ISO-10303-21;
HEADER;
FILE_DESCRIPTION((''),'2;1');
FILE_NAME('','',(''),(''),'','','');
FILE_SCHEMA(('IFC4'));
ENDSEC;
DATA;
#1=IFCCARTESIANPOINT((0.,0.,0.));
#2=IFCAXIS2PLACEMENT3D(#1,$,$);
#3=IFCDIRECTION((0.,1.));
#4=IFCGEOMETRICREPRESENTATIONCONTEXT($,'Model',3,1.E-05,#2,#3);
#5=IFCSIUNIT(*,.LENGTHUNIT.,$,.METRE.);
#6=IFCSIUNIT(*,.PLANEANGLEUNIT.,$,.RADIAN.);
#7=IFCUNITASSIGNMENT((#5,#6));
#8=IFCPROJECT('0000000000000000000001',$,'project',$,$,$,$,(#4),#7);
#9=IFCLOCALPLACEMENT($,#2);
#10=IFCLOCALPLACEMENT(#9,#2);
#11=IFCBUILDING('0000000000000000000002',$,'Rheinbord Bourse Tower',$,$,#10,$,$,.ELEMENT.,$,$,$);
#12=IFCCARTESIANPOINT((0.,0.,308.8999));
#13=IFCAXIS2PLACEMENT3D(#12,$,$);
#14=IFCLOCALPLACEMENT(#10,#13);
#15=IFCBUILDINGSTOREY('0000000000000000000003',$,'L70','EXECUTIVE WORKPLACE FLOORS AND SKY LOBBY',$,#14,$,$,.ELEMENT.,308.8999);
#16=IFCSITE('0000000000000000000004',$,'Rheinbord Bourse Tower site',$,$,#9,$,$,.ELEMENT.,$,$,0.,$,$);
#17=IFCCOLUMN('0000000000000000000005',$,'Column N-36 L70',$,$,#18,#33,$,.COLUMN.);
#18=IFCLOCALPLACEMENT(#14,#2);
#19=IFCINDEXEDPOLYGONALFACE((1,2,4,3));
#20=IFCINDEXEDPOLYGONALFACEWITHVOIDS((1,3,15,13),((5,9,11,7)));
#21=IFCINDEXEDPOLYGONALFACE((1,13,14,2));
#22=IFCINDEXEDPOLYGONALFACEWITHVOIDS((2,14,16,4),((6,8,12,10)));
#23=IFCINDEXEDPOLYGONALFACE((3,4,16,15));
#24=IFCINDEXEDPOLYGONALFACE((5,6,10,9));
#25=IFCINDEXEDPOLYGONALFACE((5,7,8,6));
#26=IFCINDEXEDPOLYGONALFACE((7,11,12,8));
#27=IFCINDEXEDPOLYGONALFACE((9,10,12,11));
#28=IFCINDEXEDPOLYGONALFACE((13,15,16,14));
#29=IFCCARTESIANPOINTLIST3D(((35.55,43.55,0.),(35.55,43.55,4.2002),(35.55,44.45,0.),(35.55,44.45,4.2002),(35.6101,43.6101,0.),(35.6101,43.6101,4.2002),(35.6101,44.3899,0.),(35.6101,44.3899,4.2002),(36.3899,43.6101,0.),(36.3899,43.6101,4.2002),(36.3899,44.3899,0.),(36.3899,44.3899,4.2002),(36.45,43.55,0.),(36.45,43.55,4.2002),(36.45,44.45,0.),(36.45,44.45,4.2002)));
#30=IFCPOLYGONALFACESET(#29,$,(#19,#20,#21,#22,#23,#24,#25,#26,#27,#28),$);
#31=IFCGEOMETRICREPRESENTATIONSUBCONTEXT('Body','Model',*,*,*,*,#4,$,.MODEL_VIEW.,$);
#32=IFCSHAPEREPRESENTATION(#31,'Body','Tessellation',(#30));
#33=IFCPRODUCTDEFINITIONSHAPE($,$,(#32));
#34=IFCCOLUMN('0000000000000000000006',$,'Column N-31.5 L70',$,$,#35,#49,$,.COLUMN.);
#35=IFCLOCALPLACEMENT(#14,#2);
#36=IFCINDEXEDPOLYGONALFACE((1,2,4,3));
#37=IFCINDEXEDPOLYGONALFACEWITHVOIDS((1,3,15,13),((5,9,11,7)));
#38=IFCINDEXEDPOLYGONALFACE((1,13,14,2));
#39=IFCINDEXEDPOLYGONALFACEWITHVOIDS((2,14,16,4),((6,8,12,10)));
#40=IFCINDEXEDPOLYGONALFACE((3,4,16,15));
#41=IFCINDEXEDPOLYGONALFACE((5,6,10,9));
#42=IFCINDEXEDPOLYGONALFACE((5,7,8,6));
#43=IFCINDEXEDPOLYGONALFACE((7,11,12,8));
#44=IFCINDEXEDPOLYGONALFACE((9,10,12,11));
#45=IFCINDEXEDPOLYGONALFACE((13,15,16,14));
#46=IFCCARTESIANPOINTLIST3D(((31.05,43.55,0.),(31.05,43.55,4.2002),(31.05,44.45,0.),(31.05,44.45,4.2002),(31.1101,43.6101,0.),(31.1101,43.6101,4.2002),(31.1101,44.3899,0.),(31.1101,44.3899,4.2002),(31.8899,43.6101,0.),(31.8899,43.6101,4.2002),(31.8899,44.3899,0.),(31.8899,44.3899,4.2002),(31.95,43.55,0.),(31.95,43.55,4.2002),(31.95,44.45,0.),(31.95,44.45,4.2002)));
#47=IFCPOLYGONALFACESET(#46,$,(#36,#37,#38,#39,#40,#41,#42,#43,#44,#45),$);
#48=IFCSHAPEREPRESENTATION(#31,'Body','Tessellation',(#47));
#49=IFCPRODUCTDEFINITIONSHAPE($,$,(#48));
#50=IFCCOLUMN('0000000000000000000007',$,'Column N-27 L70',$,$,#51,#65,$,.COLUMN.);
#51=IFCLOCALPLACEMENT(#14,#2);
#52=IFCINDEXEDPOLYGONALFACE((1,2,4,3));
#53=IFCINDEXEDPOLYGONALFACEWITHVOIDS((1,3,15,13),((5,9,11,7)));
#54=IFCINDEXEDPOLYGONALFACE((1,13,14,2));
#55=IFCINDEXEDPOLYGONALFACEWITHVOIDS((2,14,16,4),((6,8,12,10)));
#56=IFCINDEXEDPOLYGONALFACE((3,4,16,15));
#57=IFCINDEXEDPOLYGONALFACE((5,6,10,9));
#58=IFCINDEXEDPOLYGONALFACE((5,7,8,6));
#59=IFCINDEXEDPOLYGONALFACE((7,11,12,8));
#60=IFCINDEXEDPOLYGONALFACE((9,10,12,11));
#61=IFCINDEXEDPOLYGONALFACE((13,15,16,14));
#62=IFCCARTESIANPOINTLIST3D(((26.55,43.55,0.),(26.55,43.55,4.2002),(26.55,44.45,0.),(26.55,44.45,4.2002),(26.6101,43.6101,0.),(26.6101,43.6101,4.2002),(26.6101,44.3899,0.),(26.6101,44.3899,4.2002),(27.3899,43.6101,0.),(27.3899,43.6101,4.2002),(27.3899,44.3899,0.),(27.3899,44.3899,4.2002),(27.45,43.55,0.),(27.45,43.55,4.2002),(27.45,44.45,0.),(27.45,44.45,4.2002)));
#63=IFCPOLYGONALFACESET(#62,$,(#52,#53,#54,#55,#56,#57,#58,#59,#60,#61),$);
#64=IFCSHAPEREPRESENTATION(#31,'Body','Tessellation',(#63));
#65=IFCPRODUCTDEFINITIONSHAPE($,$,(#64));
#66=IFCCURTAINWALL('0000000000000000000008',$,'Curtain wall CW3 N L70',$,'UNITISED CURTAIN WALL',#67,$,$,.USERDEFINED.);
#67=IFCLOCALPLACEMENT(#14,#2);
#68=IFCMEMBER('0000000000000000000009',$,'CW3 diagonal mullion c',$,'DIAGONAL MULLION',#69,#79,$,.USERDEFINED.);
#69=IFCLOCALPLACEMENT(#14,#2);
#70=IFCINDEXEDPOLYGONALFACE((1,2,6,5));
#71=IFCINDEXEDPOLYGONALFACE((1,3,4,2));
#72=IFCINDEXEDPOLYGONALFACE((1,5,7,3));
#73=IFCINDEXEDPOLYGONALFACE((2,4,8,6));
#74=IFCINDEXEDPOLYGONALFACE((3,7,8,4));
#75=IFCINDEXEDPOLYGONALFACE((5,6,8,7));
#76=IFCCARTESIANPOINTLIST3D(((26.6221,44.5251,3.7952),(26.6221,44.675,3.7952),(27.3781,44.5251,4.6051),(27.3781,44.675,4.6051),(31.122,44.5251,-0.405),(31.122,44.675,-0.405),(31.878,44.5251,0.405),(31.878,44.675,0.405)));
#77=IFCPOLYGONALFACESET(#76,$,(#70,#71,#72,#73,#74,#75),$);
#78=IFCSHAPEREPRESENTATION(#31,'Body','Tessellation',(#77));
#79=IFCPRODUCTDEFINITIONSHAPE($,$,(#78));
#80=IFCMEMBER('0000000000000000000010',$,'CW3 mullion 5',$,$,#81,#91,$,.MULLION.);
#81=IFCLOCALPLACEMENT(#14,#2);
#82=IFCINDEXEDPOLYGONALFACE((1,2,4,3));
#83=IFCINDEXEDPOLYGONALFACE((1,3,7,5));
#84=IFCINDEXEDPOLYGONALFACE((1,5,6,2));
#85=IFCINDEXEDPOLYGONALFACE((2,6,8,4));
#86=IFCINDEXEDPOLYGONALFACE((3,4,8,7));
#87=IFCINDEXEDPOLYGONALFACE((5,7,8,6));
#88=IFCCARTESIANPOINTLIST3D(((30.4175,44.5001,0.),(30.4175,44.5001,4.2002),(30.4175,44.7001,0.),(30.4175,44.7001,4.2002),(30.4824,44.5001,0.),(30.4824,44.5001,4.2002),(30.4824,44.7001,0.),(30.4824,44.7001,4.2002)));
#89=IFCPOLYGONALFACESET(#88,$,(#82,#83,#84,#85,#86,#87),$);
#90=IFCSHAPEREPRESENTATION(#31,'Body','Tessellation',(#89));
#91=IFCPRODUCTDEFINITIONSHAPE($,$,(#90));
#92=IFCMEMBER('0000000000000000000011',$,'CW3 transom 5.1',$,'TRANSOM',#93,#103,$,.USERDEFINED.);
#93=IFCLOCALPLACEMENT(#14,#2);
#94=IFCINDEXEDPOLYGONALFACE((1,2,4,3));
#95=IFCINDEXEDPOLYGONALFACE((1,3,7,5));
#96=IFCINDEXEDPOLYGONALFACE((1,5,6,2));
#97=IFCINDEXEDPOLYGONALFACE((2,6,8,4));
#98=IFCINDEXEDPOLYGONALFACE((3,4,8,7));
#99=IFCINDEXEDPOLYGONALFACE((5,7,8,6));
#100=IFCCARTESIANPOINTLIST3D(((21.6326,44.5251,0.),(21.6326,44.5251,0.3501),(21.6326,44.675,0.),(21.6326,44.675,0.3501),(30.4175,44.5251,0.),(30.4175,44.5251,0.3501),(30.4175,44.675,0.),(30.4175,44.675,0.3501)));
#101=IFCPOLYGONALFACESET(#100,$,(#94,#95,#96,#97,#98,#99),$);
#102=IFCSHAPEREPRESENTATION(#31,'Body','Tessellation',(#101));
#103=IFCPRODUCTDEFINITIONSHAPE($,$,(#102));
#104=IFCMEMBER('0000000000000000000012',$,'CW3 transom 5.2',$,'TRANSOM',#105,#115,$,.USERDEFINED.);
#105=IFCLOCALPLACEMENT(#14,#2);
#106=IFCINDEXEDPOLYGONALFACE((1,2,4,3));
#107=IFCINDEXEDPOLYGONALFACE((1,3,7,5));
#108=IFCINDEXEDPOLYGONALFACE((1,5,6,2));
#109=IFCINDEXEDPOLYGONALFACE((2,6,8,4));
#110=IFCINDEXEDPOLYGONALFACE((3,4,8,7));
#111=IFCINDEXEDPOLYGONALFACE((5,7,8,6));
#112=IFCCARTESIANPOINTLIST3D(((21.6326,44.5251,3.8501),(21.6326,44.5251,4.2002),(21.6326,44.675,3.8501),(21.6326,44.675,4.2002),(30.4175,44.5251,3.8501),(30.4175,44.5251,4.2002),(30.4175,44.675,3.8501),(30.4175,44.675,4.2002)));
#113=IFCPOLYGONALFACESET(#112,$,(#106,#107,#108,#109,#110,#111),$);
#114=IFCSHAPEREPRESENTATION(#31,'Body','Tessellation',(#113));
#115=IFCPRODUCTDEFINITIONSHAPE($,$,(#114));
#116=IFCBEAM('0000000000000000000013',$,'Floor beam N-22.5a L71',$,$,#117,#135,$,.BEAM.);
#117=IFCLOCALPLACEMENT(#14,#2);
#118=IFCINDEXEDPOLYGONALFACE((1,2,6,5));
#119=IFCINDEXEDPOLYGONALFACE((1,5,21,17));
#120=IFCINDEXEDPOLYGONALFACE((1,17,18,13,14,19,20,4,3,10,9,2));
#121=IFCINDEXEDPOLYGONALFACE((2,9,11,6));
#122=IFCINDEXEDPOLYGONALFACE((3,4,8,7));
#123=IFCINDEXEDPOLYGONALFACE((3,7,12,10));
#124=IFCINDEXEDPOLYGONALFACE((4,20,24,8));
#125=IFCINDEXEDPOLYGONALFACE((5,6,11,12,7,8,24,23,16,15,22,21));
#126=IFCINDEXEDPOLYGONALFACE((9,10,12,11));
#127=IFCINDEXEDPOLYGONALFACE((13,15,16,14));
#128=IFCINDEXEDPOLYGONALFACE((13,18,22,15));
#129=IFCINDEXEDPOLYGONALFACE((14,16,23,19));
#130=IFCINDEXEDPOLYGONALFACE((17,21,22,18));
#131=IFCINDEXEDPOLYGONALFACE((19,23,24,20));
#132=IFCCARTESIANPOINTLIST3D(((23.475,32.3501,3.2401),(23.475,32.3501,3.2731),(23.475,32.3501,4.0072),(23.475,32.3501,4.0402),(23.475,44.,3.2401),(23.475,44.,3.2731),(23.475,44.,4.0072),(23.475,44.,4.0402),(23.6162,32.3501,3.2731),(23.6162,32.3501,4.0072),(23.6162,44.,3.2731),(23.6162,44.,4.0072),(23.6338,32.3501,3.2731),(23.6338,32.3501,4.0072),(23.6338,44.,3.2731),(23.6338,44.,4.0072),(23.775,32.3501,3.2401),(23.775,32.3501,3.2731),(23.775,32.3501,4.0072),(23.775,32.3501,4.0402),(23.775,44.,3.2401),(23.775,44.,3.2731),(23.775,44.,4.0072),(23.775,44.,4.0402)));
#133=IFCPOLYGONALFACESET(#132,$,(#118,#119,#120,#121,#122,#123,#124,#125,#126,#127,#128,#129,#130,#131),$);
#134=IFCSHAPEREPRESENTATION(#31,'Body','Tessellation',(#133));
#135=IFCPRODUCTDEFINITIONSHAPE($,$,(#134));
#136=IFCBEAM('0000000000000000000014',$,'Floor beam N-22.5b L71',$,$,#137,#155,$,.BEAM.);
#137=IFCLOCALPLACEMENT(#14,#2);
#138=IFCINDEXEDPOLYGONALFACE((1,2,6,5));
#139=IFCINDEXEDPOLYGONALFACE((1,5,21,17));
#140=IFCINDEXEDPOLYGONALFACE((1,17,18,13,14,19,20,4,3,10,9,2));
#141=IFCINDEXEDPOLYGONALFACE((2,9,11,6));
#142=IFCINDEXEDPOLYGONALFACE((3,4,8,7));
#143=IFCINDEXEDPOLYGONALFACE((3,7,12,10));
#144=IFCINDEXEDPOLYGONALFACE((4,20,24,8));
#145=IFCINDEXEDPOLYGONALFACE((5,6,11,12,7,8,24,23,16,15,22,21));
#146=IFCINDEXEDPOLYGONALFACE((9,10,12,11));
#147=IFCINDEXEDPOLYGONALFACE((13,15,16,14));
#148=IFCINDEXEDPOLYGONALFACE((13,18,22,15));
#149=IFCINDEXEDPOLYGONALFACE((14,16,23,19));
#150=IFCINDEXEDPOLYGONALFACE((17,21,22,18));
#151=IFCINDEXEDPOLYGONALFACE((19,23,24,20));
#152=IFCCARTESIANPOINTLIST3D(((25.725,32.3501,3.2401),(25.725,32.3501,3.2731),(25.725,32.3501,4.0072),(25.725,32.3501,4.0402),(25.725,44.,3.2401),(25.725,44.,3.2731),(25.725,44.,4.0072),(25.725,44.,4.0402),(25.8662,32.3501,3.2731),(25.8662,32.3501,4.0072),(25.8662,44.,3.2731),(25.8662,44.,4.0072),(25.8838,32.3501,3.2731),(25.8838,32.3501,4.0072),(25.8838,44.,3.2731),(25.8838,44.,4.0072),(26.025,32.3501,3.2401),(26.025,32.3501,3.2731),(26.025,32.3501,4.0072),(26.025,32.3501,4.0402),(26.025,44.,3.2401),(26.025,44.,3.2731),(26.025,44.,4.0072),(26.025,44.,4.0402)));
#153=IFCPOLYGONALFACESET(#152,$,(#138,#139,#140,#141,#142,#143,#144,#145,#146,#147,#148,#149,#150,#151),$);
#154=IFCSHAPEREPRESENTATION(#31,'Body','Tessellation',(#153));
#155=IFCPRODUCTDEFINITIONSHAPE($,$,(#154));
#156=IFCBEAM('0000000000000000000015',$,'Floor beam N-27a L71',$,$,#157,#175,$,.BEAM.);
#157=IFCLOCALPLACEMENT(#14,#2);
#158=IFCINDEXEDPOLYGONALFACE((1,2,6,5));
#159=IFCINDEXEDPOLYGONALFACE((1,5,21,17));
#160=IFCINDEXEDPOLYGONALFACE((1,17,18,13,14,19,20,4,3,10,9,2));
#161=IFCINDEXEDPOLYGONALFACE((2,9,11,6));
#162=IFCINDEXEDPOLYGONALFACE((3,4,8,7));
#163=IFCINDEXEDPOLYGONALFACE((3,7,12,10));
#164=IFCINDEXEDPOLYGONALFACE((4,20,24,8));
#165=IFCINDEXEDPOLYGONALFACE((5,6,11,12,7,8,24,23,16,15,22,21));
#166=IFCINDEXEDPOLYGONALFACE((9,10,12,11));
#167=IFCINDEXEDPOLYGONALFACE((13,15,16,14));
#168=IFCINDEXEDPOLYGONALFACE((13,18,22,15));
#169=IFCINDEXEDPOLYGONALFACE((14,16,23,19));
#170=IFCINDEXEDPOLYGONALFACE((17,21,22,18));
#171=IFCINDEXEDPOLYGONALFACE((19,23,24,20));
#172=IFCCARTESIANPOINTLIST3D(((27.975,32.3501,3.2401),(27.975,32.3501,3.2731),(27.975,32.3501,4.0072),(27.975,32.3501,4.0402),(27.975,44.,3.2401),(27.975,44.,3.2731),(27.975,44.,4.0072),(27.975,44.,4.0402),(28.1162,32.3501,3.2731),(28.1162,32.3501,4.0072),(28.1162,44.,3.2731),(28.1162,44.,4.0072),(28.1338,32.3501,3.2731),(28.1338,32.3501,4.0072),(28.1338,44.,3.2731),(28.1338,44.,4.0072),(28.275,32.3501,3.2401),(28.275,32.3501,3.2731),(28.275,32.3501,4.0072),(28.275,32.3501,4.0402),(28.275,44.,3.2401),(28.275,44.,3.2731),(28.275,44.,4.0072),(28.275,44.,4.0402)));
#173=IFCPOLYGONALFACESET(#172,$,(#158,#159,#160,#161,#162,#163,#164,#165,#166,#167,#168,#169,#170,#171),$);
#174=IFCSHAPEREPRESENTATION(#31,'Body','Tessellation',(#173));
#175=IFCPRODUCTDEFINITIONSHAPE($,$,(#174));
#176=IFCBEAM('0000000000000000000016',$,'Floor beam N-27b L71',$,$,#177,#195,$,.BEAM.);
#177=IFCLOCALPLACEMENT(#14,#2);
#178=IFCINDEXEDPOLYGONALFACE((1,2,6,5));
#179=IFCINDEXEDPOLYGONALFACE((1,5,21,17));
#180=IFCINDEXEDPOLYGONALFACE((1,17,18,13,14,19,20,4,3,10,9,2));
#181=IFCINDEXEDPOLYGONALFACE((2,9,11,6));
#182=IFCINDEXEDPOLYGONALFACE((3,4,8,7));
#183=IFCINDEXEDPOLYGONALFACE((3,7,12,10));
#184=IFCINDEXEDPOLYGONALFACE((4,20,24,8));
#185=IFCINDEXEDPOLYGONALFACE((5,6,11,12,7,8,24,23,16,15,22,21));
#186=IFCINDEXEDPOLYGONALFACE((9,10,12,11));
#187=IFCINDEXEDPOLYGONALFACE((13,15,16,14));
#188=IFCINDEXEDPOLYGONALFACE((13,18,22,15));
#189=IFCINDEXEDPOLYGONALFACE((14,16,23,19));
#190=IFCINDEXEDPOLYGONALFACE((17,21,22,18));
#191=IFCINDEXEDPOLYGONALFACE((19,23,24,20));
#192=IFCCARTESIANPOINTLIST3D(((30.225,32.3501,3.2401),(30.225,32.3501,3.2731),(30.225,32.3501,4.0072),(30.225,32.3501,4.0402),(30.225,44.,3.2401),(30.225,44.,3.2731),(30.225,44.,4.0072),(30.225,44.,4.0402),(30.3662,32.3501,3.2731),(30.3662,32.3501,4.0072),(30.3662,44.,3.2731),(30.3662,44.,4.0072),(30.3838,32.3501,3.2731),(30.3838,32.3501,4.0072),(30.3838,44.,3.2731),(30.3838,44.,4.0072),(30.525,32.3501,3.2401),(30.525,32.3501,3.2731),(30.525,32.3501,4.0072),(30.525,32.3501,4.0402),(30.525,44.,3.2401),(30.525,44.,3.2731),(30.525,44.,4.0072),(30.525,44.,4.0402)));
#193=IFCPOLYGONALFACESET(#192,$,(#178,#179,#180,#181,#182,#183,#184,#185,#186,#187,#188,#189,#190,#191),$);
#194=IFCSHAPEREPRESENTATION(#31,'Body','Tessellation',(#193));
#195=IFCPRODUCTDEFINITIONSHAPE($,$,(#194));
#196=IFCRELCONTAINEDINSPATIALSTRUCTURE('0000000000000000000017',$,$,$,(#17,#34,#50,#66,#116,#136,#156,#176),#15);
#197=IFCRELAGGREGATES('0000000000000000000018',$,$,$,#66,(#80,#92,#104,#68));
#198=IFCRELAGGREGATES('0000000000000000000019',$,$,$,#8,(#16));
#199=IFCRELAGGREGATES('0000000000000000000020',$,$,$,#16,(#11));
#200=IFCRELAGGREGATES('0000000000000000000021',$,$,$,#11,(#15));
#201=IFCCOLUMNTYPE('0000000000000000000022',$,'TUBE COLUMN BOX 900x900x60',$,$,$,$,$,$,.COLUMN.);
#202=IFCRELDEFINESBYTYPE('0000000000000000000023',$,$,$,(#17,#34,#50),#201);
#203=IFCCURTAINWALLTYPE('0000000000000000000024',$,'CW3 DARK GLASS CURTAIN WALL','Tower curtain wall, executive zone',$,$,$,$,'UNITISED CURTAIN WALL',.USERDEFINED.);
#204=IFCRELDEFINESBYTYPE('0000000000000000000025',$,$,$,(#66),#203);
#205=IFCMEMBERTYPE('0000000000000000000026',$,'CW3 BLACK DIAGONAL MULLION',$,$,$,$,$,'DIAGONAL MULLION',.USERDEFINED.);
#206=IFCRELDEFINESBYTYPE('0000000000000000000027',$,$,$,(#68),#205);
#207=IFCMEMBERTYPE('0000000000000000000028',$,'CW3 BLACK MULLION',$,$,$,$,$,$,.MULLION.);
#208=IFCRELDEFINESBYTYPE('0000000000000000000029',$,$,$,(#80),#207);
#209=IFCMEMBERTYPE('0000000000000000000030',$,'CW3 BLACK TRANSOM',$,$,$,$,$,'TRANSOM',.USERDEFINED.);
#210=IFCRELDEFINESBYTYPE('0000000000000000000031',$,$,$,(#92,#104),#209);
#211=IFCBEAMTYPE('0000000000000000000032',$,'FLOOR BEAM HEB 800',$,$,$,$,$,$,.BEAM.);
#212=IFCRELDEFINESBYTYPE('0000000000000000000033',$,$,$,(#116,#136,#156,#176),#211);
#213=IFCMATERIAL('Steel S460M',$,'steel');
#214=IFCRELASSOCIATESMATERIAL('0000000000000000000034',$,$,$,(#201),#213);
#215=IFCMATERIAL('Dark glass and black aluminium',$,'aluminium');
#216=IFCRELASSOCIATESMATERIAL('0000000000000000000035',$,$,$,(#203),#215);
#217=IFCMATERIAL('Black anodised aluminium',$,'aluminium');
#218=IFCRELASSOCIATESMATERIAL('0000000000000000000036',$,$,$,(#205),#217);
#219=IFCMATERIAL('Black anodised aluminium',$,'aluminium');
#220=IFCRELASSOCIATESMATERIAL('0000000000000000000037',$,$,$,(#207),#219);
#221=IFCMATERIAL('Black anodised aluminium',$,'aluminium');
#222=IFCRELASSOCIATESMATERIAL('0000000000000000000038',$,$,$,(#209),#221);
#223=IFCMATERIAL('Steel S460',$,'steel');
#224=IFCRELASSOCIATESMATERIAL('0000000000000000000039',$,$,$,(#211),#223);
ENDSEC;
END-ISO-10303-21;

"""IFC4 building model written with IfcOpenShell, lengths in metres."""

from ifc_helpers import new_model, si_unit, direction, frame, origin, origin_2d, place, context, subcontext, project, spatial, rectangle, hollow_rectangle, i_section, extrude, material, material_profile, profile_set, type_object, element, aggregate, save


model = new_model("IFC4")

# Units and contexts
model_context = context("Model", 3, precision=1e-05, world=origin(), true_north=direction((0.0, 1.0)))
body_context = subcontext(model_context, "Body", "Model", "MODEL_VIEW")
ifc_project = project(units=[si_unit("LENGTHUNIT", "METRE"), si_unit("PLANEANGLEUNIT", "RADIAN")], contexts=[model_context])

# Site, building, storey
site_placement = place(None, origin())
site = spatial("IfcSite", under=ifc_project, at=site_placement, Name="Rheinbord Bourse Tower site", CompositionType="ELEMENT", RefElevation=0.0)
building_placement = place(site_placement, origin())
building = spatial("IfcBuilding", under=site, at=building_placement, Name="Rheinbord Bourse Tower", CompositionType="ELEMENT")
storey_placement = place(building_placement, frame((0.0, 0.0, 308.8999)))
storey = spatial("IfcBuildingStorey", under=building, at=storey_placement, Name="L70", Description="EXECUTIVE WORKPLACE FLOORS AND SKY LOBBY", CompositionType="ELEMENT", Elevation=308.8999)

# Columns
ifc_material_1 = material(Name="Steel S460M", Category="steel")
ifc_material_profile_1 = material_profile(ifc_material_1, hollow_rectangle(XDim=0.8999, YDim=0.8999, WallThickness=0.0601, at=origin_2d()), Name="BOX 900x900x60")
ifc_profile_set_1 = profile_set([ifc_material_profile_1], Name="Steel S460M")
column_type = type_object("IfcColumnType", Name="TUBE COLUMN BOX 900x900x60", PredefinedType="COLUMN", material=ifc_profile_set_1)
for number, where, z_axis, x_axis, name in (
    (1, (36.0, 44.0, 0.0), (0.0, 0.0, 1.0), (0.0, 1.0, 0.0), "Column N-36 L70"),
    (2, (31.5, 44.0, 0.0), (0.0, 0.0, 1.0), (0.0, 1.0, 0.0), "Column N-31.5 L70"),
    (3, (27.0, 44.0, 0.0), (0.0, 0.0, 1.0), (0.0, 1.0, 0.0), "Column N-27 L70"),
):
    element("IfcColumn", number, at=place(storey_placement, frame(where, z_axis=z_axis, x_axis=x_axis)), inside=storey, type_object=column_type, Name=name, PredefinedType="COLUMN", context=body_context, shape_type="SweptSolid", body=[
        extrude(hollow_rectangle(XDim=0.8999, YDim=0.8999, WallThickness=0.0601, at=origin_2d()), origin(), (0.0, 0.0, 1.0), 4.2002),
    ])

# Curtain wall, members
ifc_material_2 = material(Name="Dark glass and black aluminium", Category="aluminium")
curtain_wall_type = type_object("IfcCurtainWallType", Name="CW3 DARK GLASS CURTAIN WALL", Description="Tower curtain wall, executive zone", ElementType="UNITISED CURTAIN WALL", PredefinedType="USERDEFINED", material=ifc_material_2)
curtain_wall_placement = place(storey_placement, origin())
curtain_wall = element("IfcCurtainWall", 4, at=curtain_wall_placement, inside=storey, type_object=curtain_wall_type, Name="Curtain wall CW3 N L70", ObjectType="UNITISED CURTAIN WALL", PredefinedType="USERDEFINED")
ifc_material_3 = material(Name="Black anodised aluminium", Category="aluminium")
ifc_material_profile_2 = material_profile(ifc_material_3, rectangle(XDim=0.1499, YDim=1.1079, at=origin_2d()), Name="CW3 DIAGONAL MULLION 1108x150")
ifc_profile_set_2 = profile_set([ifc_material_profile_2], Name="Black anodised aluminium")
member_type_1 = type_object("IfcMemberType", Name="CW3 BLACK DIAGONAL MULLION", ElementType="DIAGONAL MULLION", PredefinedType="USERDEFINED", material=ifc_profile_set_2)
member_1_placement = place(storey_placement, frame((31.5, 44.6001, 0.0), z_axis=(-0.731039, 0.0, 0.682335), x_axis=(0.0, -1.0, 0.0)))
member_1 = element("IfcMember", 5, at=member_1_placement, type_object=member_type_1, Name="CW3 diagonal mullion c", ObjectType="DIAGONAL MULLION", PredefinedType="USERDEFINED", context=body_context, shape_type="SweptSolid", body=[
    extrude(rectangle(XDim=0.1499, YDim=1.1079, at=origin_2d()), origin(), (0.0, 0.0, 1.0), 6.1555),
])
ifc_material_4 = material(Name="Black anodised aluminium", Category="aluminium")
ifc_material_profile_3 = material_profile(ifc_material_4, rectangle(XDim=0.2, YDim=0.0649, at=origin_2d()), Name="CW3 MULLION 65x200")
ifc_profile_set_3 = profile_set([ifc_material_profile_3], Name="Black anodised aluminium")
member_type_2 = type_object("IfcMemberType", Name="CW3 BLACK MULLION", PredefinedType="MULLION", material=ifc_profile_set_3)
member_2_placement = place(storey_placement, frame((30.45, 44.6001, 0.0), z_axis=(0.0, 0.0, 1.0), x_axis=(0.0, -1.0, 0.0)))
member_2 = element("IfcMember", 6, at=member_2_placement, type_object=member_type_2, Name="CW3 mullion 5", PredefinedType="MULLION", context=body_context, shape_type="SweptSolid", body=[
    extrude(rectangle(XDim=0.2, YDim=0.0649, at=origin_2d()), origin(), (0.0, 0.0, 1.0), 4.2002),
])
ifc_material_5 = material(Name="Black anodised aluminium", Category="aluminium")
ifc_material_profile_4 = material_profile(ifc_material_5, rectangle(XDim=0.1499, YDim=0.3501, at=origin_2d()), Name="CW3 TRANSOM 350x150")
ifc_profile_set_4 = profile_set([ifc_material_profile_4], Name="Black anodised aluminium")
member_type_3 = type_object("IfcMemberType", Name="CW3 BLACK TRANSOM", ElementType="TRANSOM", PredefinedType="USERDEFINED", material=ifc_profile_set_4)
member_3_placement = place(storey_placement, frame((30.4175, 44.6001, 0.175), z_axis=(-1.0, 0.0, 0.0), x_axis=(0.0, -1.0, 0.0)))
member_3 = element("IfcMember", 7, at=member_3_placement, type_object=member_type_3, Name="CW3 transom 5.1", ObjectType="TRANSOM", PredefinedType="USERDEFINED", context=body_context, shape_type="SweptSolid", body=[
    extrude(rectangle(XDim=0.1499, YDim=0.3501, at=origin_2d()), origin(), (0.0, 0.0, 1.0), 8.7849),
])
member_4_placement = place(storey_placement, frame((30.4175, 44.6001, 4.0251), z_axis=(-1.0, 0.0, 0.0), x_axis=(0.0, -1.0, 0.0)))
member_4 = element("IfcMember", 8, at=member_4_placement, type_object=member_type_3, Name="CW3 transom 5.2", ObjectType="TRANSOM", PredefinedType="USERDEFINED", context=body_context, shape_type="SweptSolid", body=[
    extrude(rectangle(XDim=0.1499, YDim=0.3501, at=origin_2d()), origin(), (0.0, 0.0, 1.0), 8.7849),
])

# Beams
ifc_material_6 = material(Name="Steel S460", Category="steel")
ifc_material_profile_5 = material_profile(ifc_material_6, i_section(OverallWidth=0.3, OverallDepth=0.8, WebThickness=0.0176, FlangeThickness=0.033, at=origin_2d()), Name="HEB 800")
ifc_profile_set_5 = profile_set([ifc_material_profile_5], Name="Steel S460")
beam_type_1 = type_object("IfcBeamType", Name="FLOOR BEAM HEB 800", PredefinedType="BEAM", material=ifc_profile_set_5)
for number, where, z_axis, x_axis, name in (
    (9, (23.625, 44.0, 3.6401), (0.0, -1.0, 0.0), (1.0, 0.0, 0.0), "Floor beam N-22.5a L71"),
    (10, (25.875, 44.0, 3.6401), (0.0, -1.0, 0.0), (1.0, 0.0, 0.0), "Floor beam N-22.5b L71"),
    (11, (28.125, 44.0, 3.6401), (0.0, -1.0, 0.0), (1.0, 0.0, 0.0), "Floor beam N-27a L71"),
    (12, (30.375, 44.0, 3.6401), (0.0, -1.0, 0.0), (1.0, 0.0, 0.0), "Floor beam N-27b L71"),
):
    element("IfcBeam", number, at=place(storey_placement, frame(where, z_axis=z_axis, x_axis=x_axis)), inside=storey, type_object=beam_type_1, Name=name, PredefinedType="BEAM", context=body_context, shape_type="SweptSolid", body=[
        extrude(i_section(OverallWidth=0.3, OverallDepth=0.8, WebThickness=0.0176, FlangeThickness=0.033, at=origin_2d()), origin(), (0.0, 0.0, 1.0), 11.6499),
    ])

aggregate(curtain_wall, [member_2, member_3, member_4, member_1])

save(model, "model.ifc")
